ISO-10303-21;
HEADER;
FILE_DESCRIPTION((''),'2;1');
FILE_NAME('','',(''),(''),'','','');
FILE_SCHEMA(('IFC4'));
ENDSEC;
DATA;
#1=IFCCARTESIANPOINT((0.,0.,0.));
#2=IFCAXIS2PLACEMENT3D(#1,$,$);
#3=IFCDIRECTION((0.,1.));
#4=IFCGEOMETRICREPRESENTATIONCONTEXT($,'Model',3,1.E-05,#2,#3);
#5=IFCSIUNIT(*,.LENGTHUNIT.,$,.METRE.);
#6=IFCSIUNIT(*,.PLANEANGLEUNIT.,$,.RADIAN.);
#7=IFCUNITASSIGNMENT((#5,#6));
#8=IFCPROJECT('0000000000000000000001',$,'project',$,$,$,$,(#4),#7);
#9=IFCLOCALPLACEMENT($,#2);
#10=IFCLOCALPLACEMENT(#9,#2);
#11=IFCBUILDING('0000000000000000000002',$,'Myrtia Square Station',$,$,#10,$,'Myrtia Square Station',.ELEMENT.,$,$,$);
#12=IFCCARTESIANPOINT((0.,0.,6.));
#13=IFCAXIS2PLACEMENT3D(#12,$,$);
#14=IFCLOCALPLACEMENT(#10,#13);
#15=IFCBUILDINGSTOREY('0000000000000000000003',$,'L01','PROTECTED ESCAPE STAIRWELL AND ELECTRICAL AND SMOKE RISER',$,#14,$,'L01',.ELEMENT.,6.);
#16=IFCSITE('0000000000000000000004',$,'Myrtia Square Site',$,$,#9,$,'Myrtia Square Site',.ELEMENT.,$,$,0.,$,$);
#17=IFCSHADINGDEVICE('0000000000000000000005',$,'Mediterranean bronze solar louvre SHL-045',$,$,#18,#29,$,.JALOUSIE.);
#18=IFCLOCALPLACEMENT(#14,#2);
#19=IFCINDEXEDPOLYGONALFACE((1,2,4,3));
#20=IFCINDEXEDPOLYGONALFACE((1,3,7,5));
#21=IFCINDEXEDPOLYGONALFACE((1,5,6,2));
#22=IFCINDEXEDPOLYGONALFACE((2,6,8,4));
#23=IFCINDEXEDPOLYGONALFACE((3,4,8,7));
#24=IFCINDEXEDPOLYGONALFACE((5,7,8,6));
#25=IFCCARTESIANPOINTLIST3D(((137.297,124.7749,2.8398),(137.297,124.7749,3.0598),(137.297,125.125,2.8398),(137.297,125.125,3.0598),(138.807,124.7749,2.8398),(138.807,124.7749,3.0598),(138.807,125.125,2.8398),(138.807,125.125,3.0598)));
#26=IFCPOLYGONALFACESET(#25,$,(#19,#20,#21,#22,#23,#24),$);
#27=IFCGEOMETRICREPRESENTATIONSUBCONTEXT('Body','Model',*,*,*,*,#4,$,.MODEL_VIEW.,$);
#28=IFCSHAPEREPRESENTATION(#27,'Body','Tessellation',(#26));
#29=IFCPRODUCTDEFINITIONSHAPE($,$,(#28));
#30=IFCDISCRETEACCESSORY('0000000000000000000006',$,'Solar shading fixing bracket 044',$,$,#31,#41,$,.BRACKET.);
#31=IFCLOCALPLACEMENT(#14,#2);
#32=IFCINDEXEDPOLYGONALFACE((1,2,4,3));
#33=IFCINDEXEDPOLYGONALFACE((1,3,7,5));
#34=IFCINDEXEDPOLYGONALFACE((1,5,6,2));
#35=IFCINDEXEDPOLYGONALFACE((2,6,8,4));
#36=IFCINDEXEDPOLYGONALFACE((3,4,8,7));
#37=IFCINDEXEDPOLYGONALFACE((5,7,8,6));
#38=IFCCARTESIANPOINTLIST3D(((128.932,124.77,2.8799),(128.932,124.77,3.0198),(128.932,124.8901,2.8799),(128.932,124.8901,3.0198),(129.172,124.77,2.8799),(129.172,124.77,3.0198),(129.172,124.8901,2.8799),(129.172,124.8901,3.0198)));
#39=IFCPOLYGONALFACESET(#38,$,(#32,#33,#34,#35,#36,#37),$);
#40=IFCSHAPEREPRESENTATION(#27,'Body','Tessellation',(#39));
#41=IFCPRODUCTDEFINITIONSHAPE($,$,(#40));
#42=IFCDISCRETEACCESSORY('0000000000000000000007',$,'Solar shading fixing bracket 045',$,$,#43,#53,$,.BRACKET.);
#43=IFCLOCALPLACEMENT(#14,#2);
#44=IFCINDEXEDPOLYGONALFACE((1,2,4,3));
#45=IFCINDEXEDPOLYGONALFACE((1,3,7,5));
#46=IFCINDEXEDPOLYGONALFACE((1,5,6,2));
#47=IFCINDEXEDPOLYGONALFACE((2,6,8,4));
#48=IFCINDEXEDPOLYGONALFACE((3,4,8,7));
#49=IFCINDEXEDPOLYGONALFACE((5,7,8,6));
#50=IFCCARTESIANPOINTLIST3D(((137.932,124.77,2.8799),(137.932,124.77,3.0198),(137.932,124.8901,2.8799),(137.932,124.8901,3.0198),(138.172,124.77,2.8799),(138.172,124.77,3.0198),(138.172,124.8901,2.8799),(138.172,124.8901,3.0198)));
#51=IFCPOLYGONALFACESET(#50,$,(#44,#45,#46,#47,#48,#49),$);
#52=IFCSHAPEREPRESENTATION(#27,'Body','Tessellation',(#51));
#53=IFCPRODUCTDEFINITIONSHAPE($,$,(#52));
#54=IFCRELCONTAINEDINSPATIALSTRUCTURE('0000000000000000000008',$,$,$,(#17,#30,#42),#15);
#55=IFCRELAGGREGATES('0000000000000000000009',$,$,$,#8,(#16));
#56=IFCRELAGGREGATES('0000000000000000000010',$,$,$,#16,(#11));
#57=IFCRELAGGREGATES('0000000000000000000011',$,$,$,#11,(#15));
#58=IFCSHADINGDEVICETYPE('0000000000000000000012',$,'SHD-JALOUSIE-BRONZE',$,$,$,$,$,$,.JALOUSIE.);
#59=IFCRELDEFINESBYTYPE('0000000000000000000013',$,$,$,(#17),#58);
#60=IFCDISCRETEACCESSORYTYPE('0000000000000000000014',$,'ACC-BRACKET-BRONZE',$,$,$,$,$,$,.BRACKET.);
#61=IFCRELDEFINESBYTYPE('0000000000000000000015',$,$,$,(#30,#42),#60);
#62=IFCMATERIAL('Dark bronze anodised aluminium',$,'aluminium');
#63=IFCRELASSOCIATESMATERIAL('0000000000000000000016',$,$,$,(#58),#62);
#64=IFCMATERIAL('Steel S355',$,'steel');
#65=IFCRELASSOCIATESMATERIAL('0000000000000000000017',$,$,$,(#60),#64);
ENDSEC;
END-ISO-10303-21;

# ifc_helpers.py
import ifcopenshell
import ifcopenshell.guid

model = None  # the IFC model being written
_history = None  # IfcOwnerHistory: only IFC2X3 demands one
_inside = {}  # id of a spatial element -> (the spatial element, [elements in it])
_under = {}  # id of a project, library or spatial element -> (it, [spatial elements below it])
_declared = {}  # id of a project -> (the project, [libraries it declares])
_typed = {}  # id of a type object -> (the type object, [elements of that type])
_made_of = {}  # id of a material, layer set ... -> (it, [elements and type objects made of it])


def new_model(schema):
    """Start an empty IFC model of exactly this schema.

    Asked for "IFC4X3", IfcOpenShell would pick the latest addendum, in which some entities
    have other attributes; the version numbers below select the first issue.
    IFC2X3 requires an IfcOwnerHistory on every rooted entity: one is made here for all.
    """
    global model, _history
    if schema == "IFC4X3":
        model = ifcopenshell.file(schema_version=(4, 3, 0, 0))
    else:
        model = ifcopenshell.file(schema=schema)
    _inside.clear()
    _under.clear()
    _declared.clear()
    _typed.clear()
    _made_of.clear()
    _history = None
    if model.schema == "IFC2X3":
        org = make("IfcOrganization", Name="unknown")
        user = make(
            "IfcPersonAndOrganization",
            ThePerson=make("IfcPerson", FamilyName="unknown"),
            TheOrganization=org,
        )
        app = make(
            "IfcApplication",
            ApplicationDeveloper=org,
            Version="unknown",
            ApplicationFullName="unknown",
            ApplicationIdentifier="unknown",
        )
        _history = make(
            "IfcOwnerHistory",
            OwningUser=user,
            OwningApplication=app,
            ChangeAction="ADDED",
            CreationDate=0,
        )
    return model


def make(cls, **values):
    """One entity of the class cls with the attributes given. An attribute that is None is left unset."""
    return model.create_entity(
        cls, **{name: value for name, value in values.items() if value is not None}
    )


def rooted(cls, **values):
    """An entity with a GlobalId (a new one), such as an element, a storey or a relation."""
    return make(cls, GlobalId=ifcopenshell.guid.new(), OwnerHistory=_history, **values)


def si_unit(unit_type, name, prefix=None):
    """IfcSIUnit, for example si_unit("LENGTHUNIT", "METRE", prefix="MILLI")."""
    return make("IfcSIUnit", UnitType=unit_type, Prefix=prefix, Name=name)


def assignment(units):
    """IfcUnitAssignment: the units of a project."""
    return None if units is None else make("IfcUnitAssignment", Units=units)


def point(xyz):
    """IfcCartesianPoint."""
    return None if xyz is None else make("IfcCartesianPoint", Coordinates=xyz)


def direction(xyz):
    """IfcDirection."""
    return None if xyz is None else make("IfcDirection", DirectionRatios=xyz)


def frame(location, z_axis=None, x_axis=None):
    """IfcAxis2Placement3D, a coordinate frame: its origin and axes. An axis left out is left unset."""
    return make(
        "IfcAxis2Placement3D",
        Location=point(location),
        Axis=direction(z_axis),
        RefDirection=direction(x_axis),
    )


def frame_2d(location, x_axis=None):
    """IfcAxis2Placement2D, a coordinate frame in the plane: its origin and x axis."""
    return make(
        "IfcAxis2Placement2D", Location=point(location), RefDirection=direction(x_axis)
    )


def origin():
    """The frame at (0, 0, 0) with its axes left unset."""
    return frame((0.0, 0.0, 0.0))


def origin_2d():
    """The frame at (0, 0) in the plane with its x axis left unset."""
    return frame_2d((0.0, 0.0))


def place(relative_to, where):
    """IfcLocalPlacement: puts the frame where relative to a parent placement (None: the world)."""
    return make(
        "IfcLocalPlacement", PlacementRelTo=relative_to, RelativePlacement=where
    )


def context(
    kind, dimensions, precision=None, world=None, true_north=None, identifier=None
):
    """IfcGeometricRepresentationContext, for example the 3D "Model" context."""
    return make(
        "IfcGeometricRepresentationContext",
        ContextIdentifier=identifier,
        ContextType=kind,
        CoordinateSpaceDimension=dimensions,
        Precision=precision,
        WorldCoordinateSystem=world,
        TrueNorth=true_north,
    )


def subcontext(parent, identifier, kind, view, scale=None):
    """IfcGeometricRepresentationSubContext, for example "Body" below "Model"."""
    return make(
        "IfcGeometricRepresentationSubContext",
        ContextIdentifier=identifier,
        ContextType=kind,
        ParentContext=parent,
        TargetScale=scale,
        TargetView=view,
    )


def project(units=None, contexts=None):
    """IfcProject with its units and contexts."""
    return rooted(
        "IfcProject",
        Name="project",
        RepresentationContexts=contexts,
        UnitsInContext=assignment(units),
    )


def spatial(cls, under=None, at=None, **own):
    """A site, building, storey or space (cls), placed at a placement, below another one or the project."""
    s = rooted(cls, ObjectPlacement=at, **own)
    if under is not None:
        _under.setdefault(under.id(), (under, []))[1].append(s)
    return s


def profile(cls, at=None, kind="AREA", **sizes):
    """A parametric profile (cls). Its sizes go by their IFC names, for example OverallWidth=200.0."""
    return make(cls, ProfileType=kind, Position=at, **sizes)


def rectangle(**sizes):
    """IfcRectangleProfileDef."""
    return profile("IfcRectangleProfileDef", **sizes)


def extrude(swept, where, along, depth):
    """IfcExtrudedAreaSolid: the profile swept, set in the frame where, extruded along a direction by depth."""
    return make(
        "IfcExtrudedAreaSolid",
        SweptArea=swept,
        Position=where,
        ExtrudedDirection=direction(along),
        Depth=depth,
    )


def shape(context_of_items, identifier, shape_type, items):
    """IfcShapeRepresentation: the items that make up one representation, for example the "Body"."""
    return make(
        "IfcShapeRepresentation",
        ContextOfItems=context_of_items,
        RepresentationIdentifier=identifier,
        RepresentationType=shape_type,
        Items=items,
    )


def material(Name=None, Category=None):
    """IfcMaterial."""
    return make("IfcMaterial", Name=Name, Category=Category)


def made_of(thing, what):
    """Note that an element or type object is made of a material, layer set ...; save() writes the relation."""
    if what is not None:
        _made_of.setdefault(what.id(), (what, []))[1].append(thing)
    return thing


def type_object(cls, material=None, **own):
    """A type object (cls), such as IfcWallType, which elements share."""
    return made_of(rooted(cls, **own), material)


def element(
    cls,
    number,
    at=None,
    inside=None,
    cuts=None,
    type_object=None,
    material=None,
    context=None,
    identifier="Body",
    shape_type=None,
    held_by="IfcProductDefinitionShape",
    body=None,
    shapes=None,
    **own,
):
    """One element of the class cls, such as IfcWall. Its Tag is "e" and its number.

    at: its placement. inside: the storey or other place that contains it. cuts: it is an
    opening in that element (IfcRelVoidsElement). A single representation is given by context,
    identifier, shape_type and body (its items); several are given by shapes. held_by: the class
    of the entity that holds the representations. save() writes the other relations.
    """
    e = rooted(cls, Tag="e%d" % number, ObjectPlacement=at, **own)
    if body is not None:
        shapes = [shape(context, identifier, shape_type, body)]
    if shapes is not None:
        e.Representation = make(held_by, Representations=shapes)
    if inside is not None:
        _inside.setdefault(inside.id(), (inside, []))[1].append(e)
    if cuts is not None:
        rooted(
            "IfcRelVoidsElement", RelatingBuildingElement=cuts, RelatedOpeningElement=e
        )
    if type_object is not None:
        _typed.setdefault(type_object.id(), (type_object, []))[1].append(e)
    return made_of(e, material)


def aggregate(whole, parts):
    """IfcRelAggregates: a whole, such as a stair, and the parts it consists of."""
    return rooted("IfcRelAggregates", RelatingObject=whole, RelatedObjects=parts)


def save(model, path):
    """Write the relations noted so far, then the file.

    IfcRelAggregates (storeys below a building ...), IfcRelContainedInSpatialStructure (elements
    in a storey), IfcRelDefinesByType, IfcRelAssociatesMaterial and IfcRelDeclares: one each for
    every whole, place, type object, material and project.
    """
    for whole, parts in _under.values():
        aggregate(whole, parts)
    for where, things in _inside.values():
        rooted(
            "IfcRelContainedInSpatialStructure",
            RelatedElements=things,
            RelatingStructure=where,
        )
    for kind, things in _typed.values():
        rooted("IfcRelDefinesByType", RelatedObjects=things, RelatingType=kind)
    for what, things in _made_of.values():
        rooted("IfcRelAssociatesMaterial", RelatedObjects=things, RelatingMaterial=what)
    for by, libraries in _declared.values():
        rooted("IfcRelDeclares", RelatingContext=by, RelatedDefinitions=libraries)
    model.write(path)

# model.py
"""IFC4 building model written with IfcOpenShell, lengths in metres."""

from ifc_helpers import new_model, si_unit, direction, frame, origin, origin_2d, place, context, subcontext, project, spatial, rectangle, extrude, material, type_object, element, save


model = new_model("IFC4")

# Units and contexts
model_context = context("Model", 3, precision=1e-05, world=origin(), true_north=direction((0.0, 1.0)))
body_context = subcontext(model_context, "Body", "Model", "MODEL_VIEW")
ifc_project = project(units=[si_unit("LENGTHUNIT", "METRE"), si_unit("PLANEANGLEUNIT", "RADIAN")], contexts=[model_context])

# Site, building, storey
site_placement = place(None, origin())
site = spatial("IfcSite", under=ifc_project, at=site_placement, Name="Myrtia Square Site", LongName="Myrtia Square Site", CompositionType="ELEMENT", RefElevation=0.0)
building_placement = place(site_placement, origin())
building = spatial("IfcBuilding", under=site, at=building_placement, Name="Myrtia Square Station", LongName="Myrtia Square Station", CompositionType="ELEMENT")
storey_placement = place(building_placement, frame((0.0, 0.0, 6.0)))
storey = spatial("IfcBuildingStorey", under=building, at=storey_placement, Name="L01", Description="PROTECTED ESCAPE STAIRWELL AND ELECTRICAL AND SMOKE RISER", LongName="L01", CompositionType="ELEMENT", Elevation=6.0)

# Shared definitions
ifc_material_1 = material(Name="Steel S355", Category="steel")

# Shading device
ifc_material_2 = material(Name="Dark bronze anodised aluminium", Category="aluminium")
shading_device_type_1 = type_object("IfcShadingDeviceType", Name="SHD-JALOUSIE-BRONZE", PredefinedType="JALOUSIE", material=ifc_material_2)
for number, where, z_axis, x_axis, name in (
    (1, (138.052, 124.95, 2.8398), (0.0, 0.0, 1.0), (1.0, 0.0, 0.0), "Mediterranean bronze solar louvre SHL-045"),
):
    element("IfcShadingDevice", number, at=place(storey_placement, frame(where, z_axis=z_axis, x_axis=x_axis)), inside=storey, type_object=shading_device_type_1, Name=name, PredefinedType="JALOUSIE", context=body_context, shape_type="SweptSolid", body=[
        extrude(rectangle(XDim=1.51, YDim=0.3501, at=origin_2d()), origin(), (0.0, 0.0, 1.0), 0.22),
    ])

# Discrete accessories
discrete_accessory_type = type_object("IfcDiscreteAccessoryType", Name="ACC-BRACKET-BRONZE", PredefinedType="BRACKET", material=ifc_material_1)
for number, where, z_axis, x_axis, name in (
    (2, (129.052, 124.8301, 2.8799), (0.0, 0.0, 1.0), (1.0, 0.0, 0.0), "Solar shading fixing bracket 044"),
    (3, (138.052, 124.8301, 2.8799), (0.0, 0.0, 1.0), (1.0, 0.0, 0.0), "Solar shading fixing bracket 045"),
):
    element("IfcDiscreteAccessory", number, at=place(storey_placement, frame(where, z_axis=z_axis, x_axis=x_axis)), inside=storey, type_object=discrete_accessory_type, Name=name, PredefinedType="BRACKET", context=body_context, shape_type="SweptSolid", body=[
        extrude(rectangle(XDim=0.24, YDim=0.1201, at=origin_2d()), origin(), (0.0, 0.0, 1.0), 0.1399),
    ])

save(model, "model.ifc")
